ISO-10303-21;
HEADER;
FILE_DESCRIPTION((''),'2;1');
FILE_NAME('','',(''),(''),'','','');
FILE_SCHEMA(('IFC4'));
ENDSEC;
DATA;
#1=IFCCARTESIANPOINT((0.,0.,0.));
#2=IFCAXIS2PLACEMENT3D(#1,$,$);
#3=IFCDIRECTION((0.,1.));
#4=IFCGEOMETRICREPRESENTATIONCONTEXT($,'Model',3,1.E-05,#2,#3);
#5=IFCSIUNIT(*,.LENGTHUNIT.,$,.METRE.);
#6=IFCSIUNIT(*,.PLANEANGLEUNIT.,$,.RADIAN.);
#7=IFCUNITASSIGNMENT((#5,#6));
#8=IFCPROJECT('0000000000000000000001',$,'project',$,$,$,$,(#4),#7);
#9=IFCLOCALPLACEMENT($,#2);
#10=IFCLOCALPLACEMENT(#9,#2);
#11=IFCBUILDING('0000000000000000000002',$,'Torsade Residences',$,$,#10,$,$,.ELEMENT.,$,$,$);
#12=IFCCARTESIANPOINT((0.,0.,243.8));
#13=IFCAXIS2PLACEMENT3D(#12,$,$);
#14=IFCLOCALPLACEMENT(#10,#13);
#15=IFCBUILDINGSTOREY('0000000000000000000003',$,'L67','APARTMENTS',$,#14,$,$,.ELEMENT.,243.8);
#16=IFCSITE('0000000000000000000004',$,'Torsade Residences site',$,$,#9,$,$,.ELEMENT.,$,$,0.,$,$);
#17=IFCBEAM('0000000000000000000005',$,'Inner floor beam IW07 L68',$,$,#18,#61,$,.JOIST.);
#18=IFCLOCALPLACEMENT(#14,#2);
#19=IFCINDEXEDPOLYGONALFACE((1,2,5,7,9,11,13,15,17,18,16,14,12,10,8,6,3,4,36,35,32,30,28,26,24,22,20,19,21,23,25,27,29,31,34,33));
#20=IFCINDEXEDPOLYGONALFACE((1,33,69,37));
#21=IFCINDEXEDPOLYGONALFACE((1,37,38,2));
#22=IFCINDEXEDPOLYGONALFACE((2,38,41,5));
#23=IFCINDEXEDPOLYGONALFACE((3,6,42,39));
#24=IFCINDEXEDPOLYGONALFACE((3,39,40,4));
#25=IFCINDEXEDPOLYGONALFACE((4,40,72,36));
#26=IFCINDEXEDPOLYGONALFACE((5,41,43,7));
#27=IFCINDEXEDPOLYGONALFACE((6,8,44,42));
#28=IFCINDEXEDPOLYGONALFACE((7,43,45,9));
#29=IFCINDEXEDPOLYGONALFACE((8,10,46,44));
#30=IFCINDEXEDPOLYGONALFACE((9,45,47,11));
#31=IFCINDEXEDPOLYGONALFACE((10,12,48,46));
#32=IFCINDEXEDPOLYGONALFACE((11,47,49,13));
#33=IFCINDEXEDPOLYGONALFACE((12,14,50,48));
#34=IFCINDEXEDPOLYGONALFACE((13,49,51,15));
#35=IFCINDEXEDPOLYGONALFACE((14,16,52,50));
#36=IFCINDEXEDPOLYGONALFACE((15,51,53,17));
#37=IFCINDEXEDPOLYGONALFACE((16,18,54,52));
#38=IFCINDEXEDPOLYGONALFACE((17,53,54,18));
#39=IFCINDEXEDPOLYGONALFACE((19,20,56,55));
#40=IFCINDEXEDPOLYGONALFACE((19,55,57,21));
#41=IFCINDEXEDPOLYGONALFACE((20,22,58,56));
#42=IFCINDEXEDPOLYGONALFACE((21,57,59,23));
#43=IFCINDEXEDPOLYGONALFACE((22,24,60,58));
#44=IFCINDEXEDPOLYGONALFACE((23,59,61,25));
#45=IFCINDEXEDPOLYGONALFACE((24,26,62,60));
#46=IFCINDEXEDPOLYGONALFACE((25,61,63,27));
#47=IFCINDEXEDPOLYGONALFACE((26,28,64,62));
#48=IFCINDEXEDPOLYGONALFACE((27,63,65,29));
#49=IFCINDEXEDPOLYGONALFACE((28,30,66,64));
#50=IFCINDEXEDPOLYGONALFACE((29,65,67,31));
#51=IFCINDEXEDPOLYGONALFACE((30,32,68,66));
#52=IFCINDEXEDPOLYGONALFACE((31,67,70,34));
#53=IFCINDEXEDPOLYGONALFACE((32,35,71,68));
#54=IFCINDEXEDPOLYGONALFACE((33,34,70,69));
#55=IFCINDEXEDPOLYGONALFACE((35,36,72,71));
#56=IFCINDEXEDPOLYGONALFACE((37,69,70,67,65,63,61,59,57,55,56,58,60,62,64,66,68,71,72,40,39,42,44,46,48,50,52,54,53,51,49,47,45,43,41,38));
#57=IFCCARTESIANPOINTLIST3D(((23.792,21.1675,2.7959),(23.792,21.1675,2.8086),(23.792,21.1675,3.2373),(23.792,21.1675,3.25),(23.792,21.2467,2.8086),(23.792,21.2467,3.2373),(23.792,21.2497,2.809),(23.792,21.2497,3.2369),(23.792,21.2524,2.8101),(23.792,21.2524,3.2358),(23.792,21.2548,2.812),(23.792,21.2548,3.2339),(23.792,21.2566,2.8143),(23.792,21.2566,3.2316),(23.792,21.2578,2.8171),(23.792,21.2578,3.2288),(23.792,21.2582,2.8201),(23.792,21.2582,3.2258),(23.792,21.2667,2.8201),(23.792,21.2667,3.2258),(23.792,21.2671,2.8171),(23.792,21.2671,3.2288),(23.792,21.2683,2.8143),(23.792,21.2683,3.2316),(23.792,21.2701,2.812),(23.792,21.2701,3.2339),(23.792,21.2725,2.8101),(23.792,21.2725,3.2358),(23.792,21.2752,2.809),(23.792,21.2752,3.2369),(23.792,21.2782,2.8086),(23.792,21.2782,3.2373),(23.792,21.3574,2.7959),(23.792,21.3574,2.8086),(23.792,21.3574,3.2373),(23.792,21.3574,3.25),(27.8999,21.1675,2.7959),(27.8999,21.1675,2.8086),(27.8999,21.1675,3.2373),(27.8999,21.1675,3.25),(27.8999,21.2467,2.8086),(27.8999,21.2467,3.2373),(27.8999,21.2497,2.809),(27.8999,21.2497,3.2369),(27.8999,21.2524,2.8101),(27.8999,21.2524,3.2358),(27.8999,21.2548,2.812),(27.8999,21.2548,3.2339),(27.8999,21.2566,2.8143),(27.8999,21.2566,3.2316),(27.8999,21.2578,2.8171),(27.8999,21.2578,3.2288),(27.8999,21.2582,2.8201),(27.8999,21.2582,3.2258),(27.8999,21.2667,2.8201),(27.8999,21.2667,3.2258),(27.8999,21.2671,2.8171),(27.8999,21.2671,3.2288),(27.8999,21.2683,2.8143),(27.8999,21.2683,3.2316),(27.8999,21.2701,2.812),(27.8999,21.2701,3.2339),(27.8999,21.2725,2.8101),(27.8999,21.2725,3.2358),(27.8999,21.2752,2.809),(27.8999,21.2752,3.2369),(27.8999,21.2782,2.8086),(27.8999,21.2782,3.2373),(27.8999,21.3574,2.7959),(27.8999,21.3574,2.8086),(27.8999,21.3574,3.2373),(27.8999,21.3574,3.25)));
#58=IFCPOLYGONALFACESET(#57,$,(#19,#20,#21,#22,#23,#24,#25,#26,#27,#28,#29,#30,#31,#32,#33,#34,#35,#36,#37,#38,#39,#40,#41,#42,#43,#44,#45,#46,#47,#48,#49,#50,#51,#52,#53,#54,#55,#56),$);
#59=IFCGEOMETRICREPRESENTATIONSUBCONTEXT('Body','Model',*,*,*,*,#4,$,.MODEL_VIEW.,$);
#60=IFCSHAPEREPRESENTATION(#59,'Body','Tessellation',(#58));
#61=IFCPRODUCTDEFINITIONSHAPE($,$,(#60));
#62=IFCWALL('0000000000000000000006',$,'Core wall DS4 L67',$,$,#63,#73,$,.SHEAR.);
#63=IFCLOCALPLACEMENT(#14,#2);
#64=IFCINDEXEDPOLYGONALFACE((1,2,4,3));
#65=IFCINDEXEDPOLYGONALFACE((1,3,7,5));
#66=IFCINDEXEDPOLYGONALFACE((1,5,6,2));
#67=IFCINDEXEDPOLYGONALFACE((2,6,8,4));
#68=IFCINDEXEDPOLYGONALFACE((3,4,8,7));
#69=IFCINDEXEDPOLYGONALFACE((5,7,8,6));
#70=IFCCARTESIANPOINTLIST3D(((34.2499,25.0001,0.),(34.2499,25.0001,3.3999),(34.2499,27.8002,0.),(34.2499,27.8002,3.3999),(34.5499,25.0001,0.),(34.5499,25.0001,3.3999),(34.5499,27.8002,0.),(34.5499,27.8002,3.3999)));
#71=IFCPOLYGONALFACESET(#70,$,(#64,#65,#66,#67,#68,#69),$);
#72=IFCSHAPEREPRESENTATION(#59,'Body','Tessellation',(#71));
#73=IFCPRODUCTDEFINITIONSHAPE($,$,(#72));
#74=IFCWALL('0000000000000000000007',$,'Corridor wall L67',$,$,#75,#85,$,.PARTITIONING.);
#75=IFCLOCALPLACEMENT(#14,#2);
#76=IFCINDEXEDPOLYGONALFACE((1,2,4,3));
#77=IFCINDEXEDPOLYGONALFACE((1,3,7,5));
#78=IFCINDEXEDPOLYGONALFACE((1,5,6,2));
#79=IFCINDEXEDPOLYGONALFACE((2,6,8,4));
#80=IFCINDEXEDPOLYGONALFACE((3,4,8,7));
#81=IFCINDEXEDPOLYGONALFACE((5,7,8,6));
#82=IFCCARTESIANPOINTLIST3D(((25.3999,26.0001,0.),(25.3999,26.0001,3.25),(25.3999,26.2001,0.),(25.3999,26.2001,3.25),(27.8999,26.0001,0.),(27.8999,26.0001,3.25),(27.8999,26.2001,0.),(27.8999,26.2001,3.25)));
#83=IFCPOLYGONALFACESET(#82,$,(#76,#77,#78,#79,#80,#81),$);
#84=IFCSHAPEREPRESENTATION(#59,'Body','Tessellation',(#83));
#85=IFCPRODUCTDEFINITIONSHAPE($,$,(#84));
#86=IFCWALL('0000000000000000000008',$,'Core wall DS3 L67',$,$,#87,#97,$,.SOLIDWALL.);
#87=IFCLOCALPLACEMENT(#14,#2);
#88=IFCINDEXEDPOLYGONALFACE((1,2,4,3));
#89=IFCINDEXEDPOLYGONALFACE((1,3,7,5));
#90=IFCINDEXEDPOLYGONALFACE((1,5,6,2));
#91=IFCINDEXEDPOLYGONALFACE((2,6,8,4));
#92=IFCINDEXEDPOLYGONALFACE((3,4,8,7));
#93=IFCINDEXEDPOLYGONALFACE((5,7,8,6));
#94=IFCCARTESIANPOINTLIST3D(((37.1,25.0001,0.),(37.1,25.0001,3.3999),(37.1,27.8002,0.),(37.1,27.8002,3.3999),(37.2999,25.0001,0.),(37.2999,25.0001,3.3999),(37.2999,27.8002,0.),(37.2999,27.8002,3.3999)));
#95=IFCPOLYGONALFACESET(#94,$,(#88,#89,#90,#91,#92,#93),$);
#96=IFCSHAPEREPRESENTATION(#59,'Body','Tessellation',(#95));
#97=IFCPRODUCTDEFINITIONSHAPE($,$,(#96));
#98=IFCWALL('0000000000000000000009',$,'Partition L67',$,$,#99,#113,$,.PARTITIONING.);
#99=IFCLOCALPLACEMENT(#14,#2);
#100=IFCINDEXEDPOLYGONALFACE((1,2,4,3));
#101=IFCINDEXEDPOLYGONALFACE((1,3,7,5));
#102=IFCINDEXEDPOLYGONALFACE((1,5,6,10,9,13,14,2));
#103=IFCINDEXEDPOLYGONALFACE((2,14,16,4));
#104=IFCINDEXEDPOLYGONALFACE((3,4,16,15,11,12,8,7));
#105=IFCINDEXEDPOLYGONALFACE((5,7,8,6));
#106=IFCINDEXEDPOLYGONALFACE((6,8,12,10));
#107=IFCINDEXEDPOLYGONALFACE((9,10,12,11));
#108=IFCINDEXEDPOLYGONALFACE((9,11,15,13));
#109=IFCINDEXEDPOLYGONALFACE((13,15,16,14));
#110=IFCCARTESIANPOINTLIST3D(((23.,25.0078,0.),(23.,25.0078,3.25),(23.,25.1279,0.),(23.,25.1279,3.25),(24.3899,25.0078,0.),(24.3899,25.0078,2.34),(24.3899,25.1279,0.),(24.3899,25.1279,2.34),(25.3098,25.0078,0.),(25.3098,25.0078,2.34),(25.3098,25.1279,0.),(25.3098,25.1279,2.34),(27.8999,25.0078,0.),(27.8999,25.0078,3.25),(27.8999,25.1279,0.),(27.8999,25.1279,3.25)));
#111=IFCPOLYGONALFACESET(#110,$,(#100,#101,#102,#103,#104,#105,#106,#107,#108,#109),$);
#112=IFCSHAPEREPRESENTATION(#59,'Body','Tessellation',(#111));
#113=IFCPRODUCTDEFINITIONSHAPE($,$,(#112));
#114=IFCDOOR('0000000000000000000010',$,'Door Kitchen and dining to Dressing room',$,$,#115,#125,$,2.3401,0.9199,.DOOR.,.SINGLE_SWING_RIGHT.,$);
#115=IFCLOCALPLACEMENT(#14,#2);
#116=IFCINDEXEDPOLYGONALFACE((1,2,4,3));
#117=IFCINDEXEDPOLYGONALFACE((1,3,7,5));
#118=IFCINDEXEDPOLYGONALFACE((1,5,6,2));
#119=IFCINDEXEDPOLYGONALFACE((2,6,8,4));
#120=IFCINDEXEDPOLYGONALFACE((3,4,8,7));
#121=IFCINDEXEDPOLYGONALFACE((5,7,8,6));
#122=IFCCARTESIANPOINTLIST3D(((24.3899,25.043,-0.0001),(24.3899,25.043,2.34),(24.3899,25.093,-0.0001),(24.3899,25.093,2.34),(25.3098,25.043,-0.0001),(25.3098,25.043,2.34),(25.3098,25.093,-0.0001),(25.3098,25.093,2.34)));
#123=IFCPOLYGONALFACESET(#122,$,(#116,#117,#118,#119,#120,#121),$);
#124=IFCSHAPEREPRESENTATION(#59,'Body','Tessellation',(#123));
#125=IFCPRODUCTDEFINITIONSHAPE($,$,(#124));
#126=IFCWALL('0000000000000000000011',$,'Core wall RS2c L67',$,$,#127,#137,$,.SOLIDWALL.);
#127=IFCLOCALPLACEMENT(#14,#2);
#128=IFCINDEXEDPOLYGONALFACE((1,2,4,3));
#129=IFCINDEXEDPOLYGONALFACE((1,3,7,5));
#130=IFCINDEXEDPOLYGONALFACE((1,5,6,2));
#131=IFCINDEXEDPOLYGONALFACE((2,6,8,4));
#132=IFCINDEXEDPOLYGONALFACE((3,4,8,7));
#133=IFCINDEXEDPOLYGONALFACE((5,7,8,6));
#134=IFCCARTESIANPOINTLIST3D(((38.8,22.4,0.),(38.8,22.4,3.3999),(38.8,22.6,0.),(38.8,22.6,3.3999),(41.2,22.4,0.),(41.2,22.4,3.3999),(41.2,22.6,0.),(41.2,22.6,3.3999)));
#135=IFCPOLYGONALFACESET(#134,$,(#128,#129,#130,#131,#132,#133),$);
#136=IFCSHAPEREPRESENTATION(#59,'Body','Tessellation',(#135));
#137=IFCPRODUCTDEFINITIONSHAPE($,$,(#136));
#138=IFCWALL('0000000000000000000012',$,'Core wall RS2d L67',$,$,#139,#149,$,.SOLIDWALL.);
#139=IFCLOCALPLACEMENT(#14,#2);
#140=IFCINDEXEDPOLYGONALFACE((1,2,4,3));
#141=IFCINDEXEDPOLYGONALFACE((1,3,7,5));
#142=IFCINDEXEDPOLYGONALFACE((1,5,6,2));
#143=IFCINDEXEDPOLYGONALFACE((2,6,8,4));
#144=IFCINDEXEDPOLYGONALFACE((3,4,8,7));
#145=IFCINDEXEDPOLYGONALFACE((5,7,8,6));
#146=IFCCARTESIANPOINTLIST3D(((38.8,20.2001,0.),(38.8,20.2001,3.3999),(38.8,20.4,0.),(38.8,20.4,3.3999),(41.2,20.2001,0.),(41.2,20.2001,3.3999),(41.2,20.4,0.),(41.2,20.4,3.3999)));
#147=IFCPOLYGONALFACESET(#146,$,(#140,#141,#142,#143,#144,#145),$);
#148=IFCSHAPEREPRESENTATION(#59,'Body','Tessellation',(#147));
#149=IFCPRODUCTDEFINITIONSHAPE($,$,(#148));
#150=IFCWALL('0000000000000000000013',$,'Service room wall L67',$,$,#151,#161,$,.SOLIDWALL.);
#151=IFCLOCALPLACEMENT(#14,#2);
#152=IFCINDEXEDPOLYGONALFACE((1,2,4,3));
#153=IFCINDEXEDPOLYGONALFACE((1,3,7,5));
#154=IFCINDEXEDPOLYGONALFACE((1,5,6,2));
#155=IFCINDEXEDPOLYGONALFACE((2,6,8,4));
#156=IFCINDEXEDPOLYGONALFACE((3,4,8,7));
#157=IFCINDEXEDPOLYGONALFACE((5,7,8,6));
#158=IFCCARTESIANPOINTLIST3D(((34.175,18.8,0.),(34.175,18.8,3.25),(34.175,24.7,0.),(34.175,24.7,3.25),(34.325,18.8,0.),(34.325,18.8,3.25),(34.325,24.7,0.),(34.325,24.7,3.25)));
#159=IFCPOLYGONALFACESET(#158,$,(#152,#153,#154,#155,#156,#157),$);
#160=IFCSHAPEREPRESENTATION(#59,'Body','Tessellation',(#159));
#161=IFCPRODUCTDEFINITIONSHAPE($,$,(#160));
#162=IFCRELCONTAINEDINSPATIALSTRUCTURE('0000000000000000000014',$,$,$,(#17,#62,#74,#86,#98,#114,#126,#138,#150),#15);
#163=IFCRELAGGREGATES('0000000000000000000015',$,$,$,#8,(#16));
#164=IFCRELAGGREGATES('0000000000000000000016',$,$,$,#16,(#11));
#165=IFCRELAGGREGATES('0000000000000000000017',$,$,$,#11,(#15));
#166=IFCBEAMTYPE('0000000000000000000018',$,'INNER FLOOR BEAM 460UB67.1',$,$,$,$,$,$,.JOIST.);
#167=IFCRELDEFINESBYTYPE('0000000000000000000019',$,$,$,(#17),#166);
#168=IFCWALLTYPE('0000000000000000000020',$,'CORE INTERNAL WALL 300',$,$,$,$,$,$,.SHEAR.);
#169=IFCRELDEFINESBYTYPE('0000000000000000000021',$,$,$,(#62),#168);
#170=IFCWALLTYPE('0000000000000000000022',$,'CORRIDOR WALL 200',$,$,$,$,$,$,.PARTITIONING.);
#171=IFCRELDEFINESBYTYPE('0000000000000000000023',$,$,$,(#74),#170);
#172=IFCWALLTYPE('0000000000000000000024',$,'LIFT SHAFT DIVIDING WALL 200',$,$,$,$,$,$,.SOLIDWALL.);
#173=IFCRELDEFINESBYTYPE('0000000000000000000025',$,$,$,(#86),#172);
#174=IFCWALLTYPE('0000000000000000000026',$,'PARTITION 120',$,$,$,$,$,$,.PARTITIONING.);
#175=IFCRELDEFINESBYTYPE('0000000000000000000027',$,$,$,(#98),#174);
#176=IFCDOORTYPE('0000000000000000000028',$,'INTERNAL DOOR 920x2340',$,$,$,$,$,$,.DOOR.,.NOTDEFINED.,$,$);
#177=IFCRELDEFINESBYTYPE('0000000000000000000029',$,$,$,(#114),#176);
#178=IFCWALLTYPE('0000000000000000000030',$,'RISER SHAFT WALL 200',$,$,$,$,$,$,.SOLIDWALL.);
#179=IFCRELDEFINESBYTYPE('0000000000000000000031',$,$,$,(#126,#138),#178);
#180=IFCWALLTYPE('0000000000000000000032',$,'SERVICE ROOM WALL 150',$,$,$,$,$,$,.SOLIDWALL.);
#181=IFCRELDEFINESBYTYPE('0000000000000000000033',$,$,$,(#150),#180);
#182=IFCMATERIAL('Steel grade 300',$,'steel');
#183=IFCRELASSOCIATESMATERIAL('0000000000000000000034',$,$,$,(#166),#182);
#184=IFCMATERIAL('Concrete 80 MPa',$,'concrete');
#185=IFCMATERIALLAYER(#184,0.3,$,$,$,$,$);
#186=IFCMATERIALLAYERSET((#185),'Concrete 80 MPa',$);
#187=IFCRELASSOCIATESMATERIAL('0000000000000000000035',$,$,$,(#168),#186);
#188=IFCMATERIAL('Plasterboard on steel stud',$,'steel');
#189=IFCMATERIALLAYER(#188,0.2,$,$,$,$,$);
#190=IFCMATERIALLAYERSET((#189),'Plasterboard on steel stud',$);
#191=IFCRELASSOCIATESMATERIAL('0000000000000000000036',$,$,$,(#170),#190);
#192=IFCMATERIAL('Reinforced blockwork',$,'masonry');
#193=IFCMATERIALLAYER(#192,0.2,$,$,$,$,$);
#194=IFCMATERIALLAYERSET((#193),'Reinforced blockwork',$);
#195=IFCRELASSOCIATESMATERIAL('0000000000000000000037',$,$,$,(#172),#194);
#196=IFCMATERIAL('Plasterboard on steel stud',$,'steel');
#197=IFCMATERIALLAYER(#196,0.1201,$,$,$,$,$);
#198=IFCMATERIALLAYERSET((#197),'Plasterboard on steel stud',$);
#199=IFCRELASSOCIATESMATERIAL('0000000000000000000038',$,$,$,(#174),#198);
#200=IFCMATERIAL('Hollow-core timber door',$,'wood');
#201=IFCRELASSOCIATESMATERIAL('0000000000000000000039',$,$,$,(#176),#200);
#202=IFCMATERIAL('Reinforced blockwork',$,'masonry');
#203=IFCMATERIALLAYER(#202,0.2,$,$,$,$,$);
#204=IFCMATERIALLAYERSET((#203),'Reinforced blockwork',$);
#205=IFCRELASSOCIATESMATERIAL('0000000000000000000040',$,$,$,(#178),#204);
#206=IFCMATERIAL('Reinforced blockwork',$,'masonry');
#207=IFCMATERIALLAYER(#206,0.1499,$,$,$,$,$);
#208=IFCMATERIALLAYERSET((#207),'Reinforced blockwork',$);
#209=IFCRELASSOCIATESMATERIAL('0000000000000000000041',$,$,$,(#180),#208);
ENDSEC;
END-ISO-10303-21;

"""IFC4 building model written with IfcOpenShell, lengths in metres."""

from ifc_helpers import new_model, si_unit, direction, frame, frame_2d, origin, origin_2d, place, context, subcontext, project, spatial, rectangle, i_section, extrude, material, layer, layer_set, material_profile, profile_set, type_object, element, fill, save


model = new_model("IFC4")

# Units and contexts
model_context = context("Model", 3, precision=1e-05, world=origin(), true_north=direction((0.0, 1.0)))
body_context = subcontext(model_context, "Body", "Model", "MODEL_VIEW")
ifc_project = project(units=[si_unit("LENGTHUNIT", "METRE"), si_unit("PLANEANGLEUNIT", "RADIAN")], contexts=[model_context])

# Site, building, storey
site_placement = place(None, origin())
site = spatial("IfcSite", under=ifc_project, at=site_placement, Name="Torsade Residences site", CompositionType="ELEMENT", RefElevation=0.0)
building_placement = place(site_placement, origin())
building = spatial("IfcBuilding", under=site, at=building_placement, Name="Torsade Residences", CompositionType="ELEMENT")
storey_placement = place(building_placement, frame((0.0, 0.0, 243.8)))
storey = spatial("IfcBuildingStorey", under=building, at=storey_placement, Name="L67", Description="APARTMENTS", CompositionType="ELEMENT", Elevation=243.8)

# Beam
ifc_material_1 = material(Name="Steel grade 300", Category="steel")
ifc_material_profile_1 = material_profile(ifc_material_1, i_section(OverallWidth=0.1899, OverallDepth=0.4541, WebThickness=0.0085, FlangeThickness=0.0127, FilletRadius=0.0115, at=origin_2d()), Name="460UB67.1")
ifc_profile_set_1 = profile_set([ifc_material_profile_1], Name="Steel grade 300")
beam_type = type_object("IfcBeamType", Name="INNER FLOOR BEAM 460UB67.1", PredefinedType="JOIST", material=ifc_profile_set_1)
beam_1_placement = place(storey_placement, frame((27.8999, 21.2625, 3.0229), z_axis=(-1.0, 0.0, 0.0), x_axis=(0.0, -1.0, 0.0)))
element("IfcBeam", 1, at=beam_1_placement, inside=storey, type_object=beam_type, Name="Inner floor beam IW07 L68", PredefinedType="JOIST", context=body_context, shape_type="SweptSolid", body=[
    extrude(i_section(OverallWidth=0.1899, OverallDepth=0.4541, WebThickness=0.0085, FlangeThickness=0.0127, FilletRadius=0.0115, at=origin_2d()), origin(), (0.0, 0.0, 1.0), 4.1079),
])

# Walls
ifc_material_2 = material(Name="Concrete 80 MPa", Category="concrete")
ifc_layer_1 = layer(ifc_material_2, 0.3)
ifc_layer_set_1 = layer_set([ifc_layer_1], Name="Concrete 80 MPa")
wall_type_1 = type_object("IfcWallType", Name="CORE INTERNAL WALL 300", PredefinedType="SHEAR", material=ifc_layer_set_1)
wall_1_placement = place(storey_placement, frame((34.3999, 27.8, 0.0), z_axis=(0.0, 0.0, 1.0), x_axis=(0.0, -1.0, 0.0)))
element("IfcWall", 2, at=wall_1_placement, inside=storey, type_object=wall_type_1, Name="Core wall DS4 L67", PredefinedType="SHEAR", context=body_context, shape_type="SweptSolid", body=[
    extrude(rectangle(XDim=2.8, YDim=0.3, at=frame_2d((1.3999, 0.0))), origin(), (0.0, 0.0, 1.0), 3.3999),
])
ifc_material_3 = material(Name="Plasterboard on steel stud", Category="steel")
ifc_layer_2 = layer(ifc_material_3, 0.2)
ifc_layer_set_2 = layer_set([ifc_layer_2], Name="Plasterboard on steel stud")
wall_type_2 = type_object("IfcWallType", Name="CORRIDOR WALL 200", PredefinedType="PARTITIONING", material=ifc_layer_set_2)
wall_2_placement = place(storey_placement, frame((27.8999, 26.1001, 0.0), z_axis=(0.0, 0.0, 1.0), x_axis=(-1.0, 0.0, 0.0)))
element("IfcWall", 3, at=wall_2_placement, inside=storey, type_object=wall_type_2, Name="Corridor wall L67", PredefinedType="PARTITIONING", context=body_context, shape_type="SweptSolid", body=[
    extrude(rectangle(XDim=2.5, YDim=0.2, at=frame_2d((1.25, 0.0))), origin(), (0.0, 0.0, 1.0), 3.25),
])
ifc_material_4 = material(Name="Reinforced blockwork", Category="masonry")
ifc_layer_3 = layer(ifc_material_4, 0.2)
ifc_layer_set_3 = layer_set([ifc_layer_3], Name="Reinforced blockwork")
wall_type_3 = type_object("IfcWallType", Name="LIFT SHAFT DIVIDING WALL 200", PredefinedType="SOLIDWALL", material=ifc_layer_set_3)
wall_3_placement = place(storey_placement, frame((37.2, 27.8, 0.0), z_axis=(0.0, 0.0, 1.0), x_axis=(0.0, -1.0, 0.0)))
element("IfcWall", 4, at=wall_3_placement, inside=storey, type_object=wall_type_3, Name="Core wall DS3 L67", PredefinedType="SOLIDWALL", context=body_context, shape_type="SweptSolid", body=[
    extrude(rectangle(XDim=2.8, YDim=0.2, at=frame_2d((1.3999, 0.0))), origin(), (0.0, 0.0, 1.0), 3.3999),
])

# Wall, opening, door
ifc_material_5 = material(Name="Plasterboard on steel stud", Category="steel")
ifc_layer_4 = layer(ifc_material_5, 0.1201)
ifc_layer_set_4 = layer_set([ifc_layer_4], Name="Plasterboard on steel stud")
wall_type_4 = type_object("IfcWallType", Name="PARTITION 120", PredefinedType="PARTITIONING", material=ifc_layer_set_4)
wall_4_placement = place(storey_placement, frame((27.8999, 25.0679, 0.0), z_axis=(0.0, 0.0, 1.0), x_axis=(-1.0, 0.0, 0.0)))
wall_4 = element("IfcWall", 5, at=wall_4_placement, inside=storey, type_object=wall_type_4, Name="Partition L67", PredefinedType="PARTITIONING", context=body_context, shape_type="SweptSolid", body=[
    extrude(rectangle(XDim=4.8999, YDim=0.1201, at=frame_2d((2.45, 0.0))), origin(), (0.0, 0.0, 1.0), 3.25),
])
opening_1_placement = place(wall_4_placement, frame((2.5901, 0.0, 0.0)))
opening_1 = element("IfcOpeningElement", 6, at=opening_1_placement, cuts=wall_4, PredefinedType="OPENING", context=body_context, shape_type="SweptSolid", body=[
    extrude(rectangle(XDim=0.9199, YDim=2.3401, at=frame_2d((0.46, 1.1699))), frame((0.0, 0.0701, 0.0), z_axis=(0.0, -1.0, 0.0), x_axis=(1.0, 0.0, 0.0)), (0.0, 0.0, 1.0), 0.1401),
])
ifc_material_6 = material(Name="Hollow-core timber door", Category="wood")
door_type_1 = type_object("IfcDoorType", Name="INTERNAL DOOR 920x2340", OperationType="NOTDEFINED", PredefinedType="DOOR", material=ifc_material_6)
door_1_placement = place(opening_1_placement, origin())
door_1 = element("IfcDoor", 7, at=door_1_placement, inside=storey, type_object=door_type_1, Name="Door Kitchen and dining to Dressing room", OperationType="SINGLE_SWING_RIGHT", OverallHeight=2.3401, OverallWidth=0.9199, PredefinedType="DOOR", context=body_context, shape_type="SweptSolid", body=[
    extrude(rectangle(XDim=0.9199, YDim=2.3401, at=frame_2d((0.46, 1.1699))), frame((0.0, 0.0249, 0.0), z_axis=(0.0, -1.0, 0.0), x_axis=(1.0, 0.0, 0.0)), (0.0, 0.0, 1.0), 0.05),
])
fill(opening_1, door_1)

# Walls
ifc_material_7 = material(Name="Reinforced blockwork", Category="masonry")
ifc_layer_5 = layer(ifc_material_7, 0.2)
ifc_layer_set_5 = layer_set([ifc_layer_5], Name="Reinforced blockwork")
wall_type_5 = type_object("IfcWallType", Name="RISER SHAFT WALL 200", PredefinedType="SOLIDWALL", material=ifc_layer_set_5)
for number, where, z_axis, x_axis, name in (
    (8, (38.8, 22.5, 0.0), (0.0, 0.0, 1.0), (1.0, 0.0, 0.0), "Core wall RS2c L67"),
    (9, (38.8, 20.3, 0.0), (0.0, 0.0, 1.0), (1.0, 0.0, 0.0), "Core wall RS2d L67"),
):
    element("IfcWall", number, at=place(storey_placement, frame(where, z_axis=z_axis, x_axis=x_axis)), inside=storey, type_object=wall_type_5, Name=name, PredefinedType="SOLIDWALL", context=body_context, shape_type="SweptSolid", body=[
        extrude(rectangle(XDim=2.3999, YDim=0.2, at=frame_2d((1.2, 0.0))), origin(), (0.0, 0.0, 1.0), 3.3999),
    ])
ifc_material_8 = material(Name="Reinforced blockwork", Category="masonry")
ifc_layer_6 = layer(ifc_material_8, 0.1499)
ifc_layer_set_6 = layer_set([ifc_layer_6], Name="Reinforced blockwork")
wall_type_6 = type_object("IfcWallType", Name="SERVICE ROOM WALL 150", PredefinedType="SOLIDWALL", material=ifc_layer_set_6)
wall_5_placement = place(storey_placement, frame((34.25, 18.8, 0.0), z_axis=(0.0, 0.0, 1.0), x_axis=(0.0, 1.0, 0.0)))
element("IfcWall", 10, at=wall_5_placement, inside=storey, type_object=wall_type_6, Name="Service room wall L67", PredefinedType="SOLIDWALL", context=body_context, shape_type="SweptSolid", body=[
    extrude(rectangle(XDim=5.8999, YDim=0.1499, at=frame_2d((2.95, 0.0))), origin(), (0.0, 0.0, 1.0), 3.25),
])

save(model, "model.ifc")
